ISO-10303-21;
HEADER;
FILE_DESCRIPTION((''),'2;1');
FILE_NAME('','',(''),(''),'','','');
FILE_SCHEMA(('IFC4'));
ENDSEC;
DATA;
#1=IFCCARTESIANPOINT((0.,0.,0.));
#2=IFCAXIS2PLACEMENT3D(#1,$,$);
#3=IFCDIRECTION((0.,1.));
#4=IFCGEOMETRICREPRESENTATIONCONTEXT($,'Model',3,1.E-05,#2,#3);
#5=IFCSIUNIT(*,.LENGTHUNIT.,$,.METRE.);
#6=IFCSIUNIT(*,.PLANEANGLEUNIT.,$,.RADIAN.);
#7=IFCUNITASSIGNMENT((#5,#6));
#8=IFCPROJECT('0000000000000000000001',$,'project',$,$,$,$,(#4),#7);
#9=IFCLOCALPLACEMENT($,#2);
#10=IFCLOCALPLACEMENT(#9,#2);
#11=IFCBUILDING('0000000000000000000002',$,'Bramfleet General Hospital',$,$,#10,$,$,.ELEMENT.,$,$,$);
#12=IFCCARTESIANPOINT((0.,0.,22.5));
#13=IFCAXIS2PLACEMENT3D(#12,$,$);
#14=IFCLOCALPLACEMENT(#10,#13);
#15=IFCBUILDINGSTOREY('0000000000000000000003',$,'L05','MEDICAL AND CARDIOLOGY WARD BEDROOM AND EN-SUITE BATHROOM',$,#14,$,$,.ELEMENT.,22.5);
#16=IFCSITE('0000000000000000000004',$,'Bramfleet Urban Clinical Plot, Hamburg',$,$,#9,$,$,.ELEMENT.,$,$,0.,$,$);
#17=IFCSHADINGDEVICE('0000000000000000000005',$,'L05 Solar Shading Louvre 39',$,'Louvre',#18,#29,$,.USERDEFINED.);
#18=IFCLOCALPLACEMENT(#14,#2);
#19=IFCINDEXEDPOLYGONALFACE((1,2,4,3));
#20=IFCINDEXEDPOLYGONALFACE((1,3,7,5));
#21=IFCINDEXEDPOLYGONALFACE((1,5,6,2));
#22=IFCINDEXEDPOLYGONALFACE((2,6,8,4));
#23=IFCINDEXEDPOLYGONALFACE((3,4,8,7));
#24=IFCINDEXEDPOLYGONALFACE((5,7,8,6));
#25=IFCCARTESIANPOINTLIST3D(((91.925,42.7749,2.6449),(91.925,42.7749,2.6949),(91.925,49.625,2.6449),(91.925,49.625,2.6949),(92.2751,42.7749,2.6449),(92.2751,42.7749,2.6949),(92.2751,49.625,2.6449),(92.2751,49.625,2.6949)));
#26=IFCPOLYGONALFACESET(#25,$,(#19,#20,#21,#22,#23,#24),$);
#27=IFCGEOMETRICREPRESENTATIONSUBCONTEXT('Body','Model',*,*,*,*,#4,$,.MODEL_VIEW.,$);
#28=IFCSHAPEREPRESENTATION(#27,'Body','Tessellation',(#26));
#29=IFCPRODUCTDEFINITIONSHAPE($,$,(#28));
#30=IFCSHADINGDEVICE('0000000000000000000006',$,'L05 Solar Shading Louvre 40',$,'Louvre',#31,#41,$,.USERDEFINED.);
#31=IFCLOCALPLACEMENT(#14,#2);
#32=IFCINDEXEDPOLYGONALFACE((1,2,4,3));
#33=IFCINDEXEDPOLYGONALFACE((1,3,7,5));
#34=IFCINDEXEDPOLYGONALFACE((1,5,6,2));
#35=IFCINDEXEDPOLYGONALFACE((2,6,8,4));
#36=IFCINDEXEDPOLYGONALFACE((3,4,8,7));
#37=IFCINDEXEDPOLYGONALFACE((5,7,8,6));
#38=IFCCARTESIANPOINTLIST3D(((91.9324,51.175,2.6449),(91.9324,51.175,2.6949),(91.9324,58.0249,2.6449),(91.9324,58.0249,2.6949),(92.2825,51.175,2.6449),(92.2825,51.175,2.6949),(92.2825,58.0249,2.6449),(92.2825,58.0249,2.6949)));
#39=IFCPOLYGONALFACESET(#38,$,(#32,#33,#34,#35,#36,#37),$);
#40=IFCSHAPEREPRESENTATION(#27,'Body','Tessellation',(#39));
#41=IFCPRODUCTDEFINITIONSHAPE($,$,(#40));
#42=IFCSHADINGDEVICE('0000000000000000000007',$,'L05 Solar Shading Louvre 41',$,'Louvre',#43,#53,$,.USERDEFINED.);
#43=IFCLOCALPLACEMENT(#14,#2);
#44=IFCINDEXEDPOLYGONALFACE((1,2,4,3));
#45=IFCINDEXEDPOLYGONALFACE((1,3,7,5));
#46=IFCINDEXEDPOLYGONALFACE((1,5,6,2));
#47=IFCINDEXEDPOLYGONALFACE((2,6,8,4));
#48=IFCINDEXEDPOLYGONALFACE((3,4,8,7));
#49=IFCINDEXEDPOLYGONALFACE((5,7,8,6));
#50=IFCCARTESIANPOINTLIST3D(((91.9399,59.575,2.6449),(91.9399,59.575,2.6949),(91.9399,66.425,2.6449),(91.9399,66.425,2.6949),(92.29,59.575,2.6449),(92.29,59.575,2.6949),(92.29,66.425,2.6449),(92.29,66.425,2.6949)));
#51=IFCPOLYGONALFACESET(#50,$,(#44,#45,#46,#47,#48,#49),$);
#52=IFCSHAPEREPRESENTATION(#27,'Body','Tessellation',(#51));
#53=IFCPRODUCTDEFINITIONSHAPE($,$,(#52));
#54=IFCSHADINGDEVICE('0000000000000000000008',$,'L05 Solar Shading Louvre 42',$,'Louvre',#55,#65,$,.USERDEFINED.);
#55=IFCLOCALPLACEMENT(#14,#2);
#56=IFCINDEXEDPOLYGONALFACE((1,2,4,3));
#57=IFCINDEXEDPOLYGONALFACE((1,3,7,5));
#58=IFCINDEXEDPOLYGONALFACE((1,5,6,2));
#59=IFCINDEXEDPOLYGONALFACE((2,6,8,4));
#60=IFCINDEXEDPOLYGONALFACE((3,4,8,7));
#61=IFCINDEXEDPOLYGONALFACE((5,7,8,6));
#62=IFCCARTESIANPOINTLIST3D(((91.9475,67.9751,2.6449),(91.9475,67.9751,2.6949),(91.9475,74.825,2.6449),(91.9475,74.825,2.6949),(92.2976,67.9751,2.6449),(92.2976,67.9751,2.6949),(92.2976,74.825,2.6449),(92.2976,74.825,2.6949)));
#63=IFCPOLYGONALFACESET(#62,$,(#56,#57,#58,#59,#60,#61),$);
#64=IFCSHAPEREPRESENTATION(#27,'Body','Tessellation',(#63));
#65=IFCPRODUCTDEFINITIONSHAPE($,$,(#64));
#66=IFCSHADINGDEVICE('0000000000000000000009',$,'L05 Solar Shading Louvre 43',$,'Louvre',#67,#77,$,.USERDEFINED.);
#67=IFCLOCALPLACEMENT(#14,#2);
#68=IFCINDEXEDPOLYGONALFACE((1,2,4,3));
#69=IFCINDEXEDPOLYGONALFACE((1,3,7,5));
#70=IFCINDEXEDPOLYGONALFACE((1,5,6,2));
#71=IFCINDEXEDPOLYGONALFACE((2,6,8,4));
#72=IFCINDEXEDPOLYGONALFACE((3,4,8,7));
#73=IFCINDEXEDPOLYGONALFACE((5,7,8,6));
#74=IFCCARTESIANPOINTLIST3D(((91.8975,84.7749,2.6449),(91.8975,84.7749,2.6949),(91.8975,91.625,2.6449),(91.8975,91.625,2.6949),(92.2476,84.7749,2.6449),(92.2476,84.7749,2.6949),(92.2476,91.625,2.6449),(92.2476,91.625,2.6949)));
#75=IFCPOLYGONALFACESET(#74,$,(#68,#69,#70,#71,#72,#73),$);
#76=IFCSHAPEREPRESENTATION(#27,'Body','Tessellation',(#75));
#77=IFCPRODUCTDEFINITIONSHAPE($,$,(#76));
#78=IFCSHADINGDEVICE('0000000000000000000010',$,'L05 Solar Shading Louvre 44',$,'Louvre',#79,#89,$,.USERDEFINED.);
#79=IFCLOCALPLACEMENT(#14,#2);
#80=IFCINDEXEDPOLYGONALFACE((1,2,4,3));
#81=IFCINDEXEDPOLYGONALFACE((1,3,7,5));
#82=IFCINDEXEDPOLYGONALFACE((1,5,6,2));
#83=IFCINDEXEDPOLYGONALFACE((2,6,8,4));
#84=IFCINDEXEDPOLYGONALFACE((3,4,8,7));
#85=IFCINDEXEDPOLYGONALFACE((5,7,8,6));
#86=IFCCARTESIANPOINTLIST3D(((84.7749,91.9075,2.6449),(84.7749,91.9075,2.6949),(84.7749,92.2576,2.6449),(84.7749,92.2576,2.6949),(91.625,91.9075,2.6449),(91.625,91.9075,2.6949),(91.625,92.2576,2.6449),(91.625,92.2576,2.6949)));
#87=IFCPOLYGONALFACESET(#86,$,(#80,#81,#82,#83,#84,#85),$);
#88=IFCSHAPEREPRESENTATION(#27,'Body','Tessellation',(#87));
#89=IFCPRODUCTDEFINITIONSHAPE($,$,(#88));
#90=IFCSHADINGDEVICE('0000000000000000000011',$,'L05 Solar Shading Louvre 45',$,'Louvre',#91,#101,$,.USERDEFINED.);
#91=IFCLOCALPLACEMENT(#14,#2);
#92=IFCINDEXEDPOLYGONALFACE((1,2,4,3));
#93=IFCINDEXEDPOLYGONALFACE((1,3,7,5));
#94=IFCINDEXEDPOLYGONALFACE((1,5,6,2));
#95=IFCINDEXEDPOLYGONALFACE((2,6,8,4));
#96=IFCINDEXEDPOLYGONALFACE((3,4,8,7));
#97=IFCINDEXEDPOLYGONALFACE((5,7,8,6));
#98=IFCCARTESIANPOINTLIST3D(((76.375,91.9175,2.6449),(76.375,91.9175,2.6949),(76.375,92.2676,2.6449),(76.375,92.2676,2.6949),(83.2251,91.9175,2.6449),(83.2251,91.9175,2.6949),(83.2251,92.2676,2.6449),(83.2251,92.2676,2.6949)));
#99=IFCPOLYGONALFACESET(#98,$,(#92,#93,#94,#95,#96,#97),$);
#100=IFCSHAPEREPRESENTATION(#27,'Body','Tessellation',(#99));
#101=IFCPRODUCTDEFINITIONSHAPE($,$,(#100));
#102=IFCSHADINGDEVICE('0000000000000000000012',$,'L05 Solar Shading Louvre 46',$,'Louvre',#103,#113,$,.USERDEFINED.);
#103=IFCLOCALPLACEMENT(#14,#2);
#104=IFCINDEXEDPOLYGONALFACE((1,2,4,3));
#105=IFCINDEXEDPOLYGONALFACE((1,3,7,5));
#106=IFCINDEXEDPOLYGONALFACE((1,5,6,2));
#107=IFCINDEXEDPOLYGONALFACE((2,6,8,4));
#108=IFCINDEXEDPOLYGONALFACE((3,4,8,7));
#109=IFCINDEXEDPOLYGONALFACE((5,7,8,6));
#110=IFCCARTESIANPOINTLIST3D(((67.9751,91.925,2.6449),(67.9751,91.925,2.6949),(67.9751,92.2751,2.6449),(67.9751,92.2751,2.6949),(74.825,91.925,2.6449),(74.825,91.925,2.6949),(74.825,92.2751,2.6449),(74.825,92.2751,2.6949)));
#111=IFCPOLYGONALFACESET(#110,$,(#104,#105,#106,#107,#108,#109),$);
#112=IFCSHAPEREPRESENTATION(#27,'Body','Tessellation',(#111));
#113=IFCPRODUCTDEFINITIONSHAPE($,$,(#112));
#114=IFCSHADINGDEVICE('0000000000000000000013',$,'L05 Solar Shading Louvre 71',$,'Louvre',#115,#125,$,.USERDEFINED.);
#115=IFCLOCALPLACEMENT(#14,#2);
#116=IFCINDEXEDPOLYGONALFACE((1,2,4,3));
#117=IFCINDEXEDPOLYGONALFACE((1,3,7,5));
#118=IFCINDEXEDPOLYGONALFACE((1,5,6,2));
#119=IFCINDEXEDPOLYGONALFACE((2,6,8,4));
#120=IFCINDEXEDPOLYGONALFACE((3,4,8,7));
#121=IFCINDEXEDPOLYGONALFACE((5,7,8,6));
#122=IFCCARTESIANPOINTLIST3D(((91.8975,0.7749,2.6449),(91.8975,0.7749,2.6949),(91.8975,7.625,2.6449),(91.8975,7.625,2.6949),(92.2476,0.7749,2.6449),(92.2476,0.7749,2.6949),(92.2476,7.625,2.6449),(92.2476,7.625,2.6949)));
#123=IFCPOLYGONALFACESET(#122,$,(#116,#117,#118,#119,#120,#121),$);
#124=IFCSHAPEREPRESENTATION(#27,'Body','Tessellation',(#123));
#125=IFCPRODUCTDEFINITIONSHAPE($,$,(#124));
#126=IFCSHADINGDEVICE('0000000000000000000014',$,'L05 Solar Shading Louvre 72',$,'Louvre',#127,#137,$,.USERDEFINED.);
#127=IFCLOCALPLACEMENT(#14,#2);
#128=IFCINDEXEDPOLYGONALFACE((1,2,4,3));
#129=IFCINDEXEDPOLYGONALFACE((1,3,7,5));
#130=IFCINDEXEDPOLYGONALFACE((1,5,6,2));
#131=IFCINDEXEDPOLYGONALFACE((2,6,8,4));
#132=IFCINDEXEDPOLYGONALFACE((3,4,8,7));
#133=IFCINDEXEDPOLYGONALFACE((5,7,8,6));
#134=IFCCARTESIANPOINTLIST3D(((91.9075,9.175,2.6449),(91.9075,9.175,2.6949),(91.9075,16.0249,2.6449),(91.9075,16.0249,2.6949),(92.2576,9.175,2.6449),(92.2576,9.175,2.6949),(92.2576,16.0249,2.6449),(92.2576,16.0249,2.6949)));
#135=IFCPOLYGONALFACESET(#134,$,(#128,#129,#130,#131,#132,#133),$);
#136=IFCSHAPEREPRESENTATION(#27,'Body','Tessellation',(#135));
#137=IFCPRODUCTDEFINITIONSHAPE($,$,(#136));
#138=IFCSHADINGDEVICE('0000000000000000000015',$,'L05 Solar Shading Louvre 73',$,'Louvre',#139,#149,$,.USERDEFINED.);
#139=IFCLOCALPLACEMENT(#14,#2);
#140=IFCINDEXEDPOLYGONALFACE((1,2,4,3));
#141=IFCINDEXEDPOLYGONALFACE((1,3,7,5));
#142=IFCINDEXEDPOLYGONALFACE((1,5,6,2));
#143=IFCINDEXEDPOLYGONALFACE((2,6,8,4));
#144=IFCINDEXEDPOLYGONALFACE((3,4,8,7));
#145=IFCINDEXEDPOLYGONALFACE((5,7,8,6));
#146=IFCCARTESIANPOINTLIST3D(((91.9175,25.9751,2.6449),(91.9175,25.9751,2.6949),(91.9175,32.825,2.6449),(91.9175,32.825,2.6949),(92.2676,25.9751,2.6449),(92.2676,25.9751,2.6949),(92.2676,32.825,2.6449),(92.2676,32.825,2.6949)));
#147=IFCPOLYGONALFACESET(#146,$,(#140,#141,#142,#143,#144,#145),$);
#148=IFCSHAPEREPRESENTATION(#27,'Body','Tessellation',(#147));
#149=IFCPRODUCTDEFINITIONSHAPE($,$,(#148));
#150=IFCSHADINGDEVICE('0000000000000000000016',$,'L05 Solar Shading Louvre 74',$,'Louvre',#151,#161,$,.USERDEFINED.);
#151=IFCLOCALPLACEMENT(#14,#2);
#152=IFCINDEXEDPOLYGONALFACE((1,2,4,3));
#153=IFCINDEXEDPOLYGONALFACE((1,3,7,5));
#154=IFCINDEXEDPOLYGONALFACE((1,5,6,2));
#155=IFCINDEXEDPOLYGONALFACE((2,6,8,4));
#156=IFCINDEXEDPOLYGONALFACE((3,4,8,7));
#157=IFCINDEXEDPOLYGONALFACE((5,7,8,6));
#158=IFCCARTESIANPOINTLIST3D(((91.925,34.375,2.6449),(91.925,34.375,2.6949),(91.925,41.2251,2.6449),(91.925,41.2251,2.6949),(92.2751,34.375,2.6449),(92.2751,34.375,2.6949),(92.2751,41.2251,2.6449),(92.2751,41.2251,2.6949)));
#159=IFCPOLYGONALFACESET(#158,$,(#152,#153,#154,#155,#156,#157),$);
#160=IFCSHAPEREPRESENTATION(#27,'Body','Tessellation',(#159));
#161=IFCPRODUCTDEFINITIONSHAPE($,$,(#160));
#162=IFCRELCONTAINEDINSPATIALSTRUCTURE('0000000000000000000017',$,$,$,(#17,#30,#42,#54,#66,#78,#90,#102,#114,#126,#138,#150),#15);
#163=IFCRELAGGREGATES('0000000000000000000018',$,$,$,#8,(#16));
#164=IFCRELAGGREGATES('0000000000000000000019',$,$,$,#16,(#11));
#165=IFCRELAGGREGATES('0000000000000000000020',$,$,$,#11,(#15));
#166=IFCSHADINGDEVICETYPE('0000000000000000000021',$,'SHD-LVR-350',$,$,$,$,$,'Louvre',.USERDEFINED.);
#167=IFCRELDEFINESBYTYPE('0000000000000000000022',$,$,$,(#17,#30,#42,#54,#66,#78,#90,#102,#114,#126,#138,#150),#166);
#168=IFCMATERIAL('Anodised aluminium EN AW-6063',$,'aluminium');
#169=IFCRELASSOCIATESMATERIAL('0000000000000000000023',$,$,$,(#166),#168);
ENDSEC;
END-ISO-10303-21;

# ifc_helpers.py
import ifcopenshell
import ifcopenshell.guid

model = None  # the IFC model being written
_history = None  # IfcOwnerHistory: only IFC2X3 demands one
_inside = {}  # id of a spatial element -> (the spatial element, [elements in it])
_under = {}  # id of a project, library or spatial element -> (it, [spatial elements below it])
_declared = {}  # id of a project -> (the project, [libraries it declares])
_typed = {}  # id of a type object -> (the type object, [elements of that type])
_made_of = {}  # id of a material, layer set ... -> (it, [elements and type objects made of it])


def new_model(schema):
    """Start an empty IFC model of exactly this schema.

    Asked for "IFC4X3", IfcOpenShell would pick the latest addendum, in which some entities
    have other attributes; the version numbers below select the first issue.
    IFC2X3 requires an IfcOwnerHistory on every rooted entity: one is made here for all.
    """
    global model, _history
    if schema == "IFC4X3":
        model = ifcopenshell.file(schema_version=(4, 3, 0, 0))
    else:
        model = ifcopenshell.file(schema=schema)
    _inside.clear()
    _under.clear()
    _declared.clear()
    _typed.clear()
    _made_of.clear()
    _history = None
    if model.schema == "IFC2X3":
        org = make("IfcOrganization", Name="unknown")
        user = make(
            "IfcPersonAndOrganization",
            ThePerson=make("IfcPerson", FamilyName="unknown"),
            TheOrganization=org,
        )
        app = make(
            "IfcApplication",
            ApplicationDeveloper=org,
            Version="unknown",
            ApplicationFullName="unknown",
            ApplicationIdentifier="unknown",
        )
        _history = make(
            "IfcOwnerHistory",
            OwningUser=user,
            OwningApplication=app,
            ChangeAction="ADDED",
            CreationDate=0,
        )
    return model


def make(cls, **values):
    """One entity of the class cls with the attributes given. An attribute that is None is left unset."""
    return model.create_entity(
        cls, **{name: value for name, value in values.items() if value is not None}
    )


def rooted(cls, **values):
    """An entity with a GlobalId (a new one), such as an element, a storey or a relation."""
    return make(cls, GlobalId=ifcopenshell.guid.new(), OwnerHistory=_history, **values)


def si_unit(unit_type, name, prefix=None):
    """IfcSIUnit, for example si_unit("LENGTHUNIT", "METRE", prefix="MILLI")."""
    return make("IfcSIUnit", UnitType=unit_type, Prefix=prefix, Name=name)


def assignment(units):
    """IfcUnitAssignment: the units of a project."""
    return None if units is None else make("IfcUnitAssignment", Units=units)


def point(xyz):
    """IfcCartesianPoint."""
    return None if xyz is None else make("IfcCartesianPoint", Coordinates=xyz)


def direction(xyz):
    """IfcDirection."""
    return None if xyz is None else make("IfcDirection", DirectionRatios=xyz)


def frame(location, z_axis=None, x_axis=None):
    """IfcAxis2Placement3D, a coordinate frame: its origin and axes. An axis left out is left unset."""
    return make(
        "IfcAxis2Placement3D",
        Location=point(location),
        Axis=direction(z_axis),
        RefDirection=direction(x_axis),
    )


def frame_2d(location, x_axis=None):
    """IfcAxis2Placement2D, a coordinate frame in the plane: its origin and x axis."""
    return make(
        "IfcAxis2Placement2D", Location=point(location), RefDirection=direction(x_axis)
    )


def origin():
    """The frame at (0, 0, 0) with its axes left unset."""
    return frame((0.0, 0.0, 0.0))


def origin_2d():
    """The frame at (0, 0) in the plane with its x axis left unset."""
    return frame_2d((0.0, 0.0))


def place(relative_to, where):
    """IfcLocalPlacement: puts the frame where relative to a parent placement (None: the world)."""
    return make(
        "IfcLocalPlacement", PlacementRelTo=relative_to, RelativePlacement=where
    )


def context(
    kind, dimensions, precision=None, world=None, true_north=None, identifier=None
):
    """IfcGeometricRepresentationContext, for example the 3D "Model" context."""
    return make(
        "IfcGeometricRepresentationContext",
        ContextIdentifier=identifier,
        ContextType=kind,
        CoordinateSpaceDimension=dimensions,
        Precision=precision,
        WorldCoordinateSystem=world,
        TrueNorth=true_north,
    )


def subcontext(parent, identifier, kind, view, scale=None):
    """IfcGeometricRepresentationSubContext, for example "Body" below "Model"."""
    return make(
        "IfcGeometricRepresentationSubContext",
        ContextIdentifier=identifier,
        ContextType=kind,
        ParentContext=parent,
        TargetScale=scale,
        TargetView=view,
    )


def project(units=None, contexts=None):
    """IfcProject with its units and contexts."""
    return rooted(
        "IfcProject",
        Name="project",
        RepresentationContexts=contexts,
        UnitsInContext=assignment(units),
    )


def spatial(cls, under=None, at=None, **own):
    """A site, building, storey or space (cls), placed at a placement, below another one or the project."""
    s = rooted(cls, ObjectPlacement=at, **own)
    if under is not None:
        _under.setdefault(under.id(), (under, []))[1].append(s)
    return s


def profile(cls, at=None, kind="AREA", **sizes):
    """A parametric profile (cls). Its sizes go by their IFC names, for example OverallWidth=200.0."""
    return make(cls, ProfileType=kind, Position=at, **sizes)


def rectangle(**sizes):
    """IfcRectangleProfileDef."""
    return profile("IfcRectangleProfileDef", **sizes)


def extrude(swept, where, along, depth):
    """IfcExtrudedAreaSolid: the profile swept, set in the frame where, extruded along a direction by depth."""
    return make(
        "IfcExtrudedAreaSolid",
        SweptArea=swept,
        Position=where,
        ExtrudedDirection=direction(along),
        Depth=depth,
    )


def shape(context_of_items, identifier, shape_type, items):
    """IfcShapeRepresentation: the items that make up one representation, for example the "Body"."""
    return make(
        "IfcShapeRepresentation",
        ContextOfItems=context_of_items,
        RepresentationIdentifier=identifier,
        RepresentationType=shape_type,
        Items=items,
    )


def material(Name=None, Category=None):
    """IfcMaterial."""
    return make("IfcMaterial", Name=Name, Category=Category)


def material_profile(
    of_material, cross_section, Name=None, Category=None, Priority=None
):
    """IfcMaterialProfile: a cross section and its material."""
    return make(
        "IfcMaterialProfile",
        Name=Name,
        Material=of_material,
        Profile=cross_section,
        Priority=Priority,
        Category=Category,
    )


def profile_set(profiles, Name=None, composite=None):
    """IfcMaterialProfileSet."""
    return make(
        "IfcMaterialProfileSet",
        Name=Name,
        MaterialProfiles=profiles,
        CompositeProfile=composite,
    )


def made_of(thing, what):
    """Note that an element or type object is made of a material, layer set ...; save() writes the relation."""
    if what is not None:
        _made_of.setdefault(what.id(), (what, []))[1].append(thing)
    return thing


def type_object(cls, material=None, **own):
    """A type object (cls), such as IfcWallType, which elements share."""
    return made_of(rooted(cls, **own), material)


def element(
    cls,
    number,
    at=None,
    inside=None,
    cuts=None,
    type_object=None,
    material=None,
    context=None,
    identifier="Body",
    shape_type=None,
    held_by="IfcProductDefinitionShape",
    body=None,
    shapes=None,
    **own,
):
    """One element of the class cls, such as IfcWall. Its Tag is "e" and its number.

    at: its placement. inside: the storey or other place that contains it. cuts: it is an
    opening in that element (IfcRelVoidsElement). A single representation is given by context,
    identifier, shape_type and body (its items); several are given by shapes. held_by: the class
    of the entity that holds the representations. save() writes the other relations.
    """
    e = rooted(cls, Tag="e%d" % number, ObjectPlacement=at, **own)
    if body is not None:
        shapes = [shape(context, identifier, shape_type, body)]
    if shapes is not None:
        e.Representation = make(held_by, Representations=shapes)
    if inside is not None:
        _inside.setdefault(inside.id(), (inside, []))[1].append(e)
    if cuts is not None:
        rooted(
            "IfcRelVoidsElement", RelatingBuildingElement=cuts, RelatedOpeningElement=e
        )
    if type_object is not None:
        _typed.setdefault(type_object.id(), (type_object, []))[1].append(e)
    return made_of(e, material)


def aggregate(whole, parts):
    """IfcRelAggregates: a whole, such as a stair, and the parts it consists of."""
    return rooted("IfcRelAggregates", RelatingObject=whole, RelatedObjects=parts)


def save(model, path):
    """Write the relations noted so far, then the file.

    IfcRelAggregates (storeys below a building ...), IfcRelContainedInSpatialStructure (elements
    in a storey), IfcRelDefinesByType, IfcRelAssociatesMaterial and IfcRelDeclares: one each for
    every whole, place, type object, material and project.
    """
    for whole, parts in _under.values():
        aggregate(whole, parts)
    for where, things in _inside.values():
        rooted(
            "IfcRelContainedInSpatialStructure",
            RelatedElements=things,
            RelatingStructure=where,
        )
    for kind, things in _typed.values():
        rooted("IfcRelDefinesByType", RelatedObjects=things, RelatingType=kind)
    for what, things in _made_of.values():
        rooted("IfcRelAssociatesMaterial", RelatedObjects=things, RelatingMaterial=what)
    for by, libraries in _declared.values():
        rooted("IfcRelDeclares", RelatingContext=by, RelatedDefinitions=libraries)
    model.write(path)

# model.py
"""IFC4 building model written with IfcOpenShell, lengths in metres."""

from ifc_helpers import new_model, si_unit, direction, frame, origin, origin_2d, place, context, subcontext, project, spatial, rectangle, extrude, material, material_profile, profile_set, type_object, element, save


model = new_model("IFC4")

# Units and contexts
model_context = context("Model", 3, precision=1e-05, world=origin(), true_north=direction((0.0, 1.0)))
body_context = subcontext(model_context, "Body", "Model", "MODEL_VIEW")
ifc_project = project(units=[si_unit("LENGTHUNIT", "METRE"), si_unit("PLANEANGLEUNIT", "RADIAN")], contexts=[model_context])

# Site, building, storey
site_placement = place(None, origin())
site = spatial("IfcSite", under=ifc_project, at=site_placement, Name="Bramfleet Urban Clinical Plot, Hamburg", CompositionType="ELEMENT", RefElevation=0.0)
building_placement = place(site_placement, origin())
building = spatial("IfcBuilding", under=site, at=building_placement, Name="Bramfleet General Hospital", CompositionType="ELEMENT")
storey_placement = place(building_placement, frame((0.0, 0.0, 22.5)))
storey = spatial("IfcBuildingStorey", under=building, at=storey_placement, Name="L05", Description="MEDICAL AND CARDIOLOGY WARD BEDROOM AND EN-SUITE BATHROOM", CompositionType="ELEMENT", Elevation=22.5)

# Shading devices
ifc_material_1 = material(Name="Anodised aluminium EN AW-6063", Category="aluminium")
ifc_material_profile_1 = material_profile(ifc_material_1, rectangle(XDim=0.05, YDim=0.3501, at=origin_2d()), Name="ALU LOUVRE 350x50")
ifc_profile_set_1 = profile_set([ifc_material_profile_1], Name="Anodised aluminium EN AW-6063")
shading_device_type = type_object("IfcShadingDeviceType", Name="SHD-LVR-350", ElementType="Louvre", PredefinedType="USERDEFINED", material=ifc_profile_set_1)
shading_device_1_placement = place(storey_placement, frame((92.1001, 42.7749, 2.6699), z_axis=(0.0, 1.0, 0.0), x_axis=(0.0, 0.0, 1.0)))
element("IfcShadingDevice", 1, at=shading_device_1_placement, inside=storey, type_object=shading_device_type, Name="L05 Solar Shading Louvre 39", ObjectType="Louvre", PredefinedType="USERDEFINED", context=body_context, shape_type="SweptSolid", body=[
    extrude(rectangle(XDim=0.05, YDim=0.3501, at=origin_2d()), origin(), (0.0, 0.0, 1.0), 6.8501),
])
shading_device_2_placement = place(storey_placement, frame((92.1074, 51.175, 2.6699), z_axis=(0.0, 1.0, 0.0), x_axis=(0.0, 0.0, 1.0)))
element("IfcShadingDevice", 2, at=shading_device_2_placement, inside=storey, type_object=shading_device_type, Name="L05 Solar Shading Louvre 40", ObjectType="Louvre", PredefinedType="USERDEFINED", context=body_context, shape_type="SweptSolid", body=[
    extrude(rectangle(XDim=0.05, YDim=0.3501, at=origin_2d()), origin(), (0.0, 0.0, 1.0), 6.8499),
])
shading_device_3_placement = place(storey_placement, frame((92.115, 59.575, 2.6699), z_axis=(0.0, 1.0, 0.0), x_axis=(0.0, 0.0, 1.0)))
element("IfcShadingDevice", 3, at=shading_device_3_placement, inside=storey, type_object=shading_device_type, Name="L05 Solar Shading Louvre 41", ObjectType="Louvre", PredefinedType="USERDEFINED", context=body_context, shape_type="SweptSolid", body=[
    extrude(rectangle(XDim=0.05, YDim=0.3501, at=origin_2d()), origin(), (0.0, 0.0, 1.0), 6.8501),
])
shading_device_4_placement = place(storey_placement, frame((92.1226, 67.9751, 2.6699), z_axis=(0.0, 1.0, 0.0), x_axis=(0.0, 0.0, 1.0)))
element("IfcShadingDevice", 4, at=shading_device_4_placement, inside=storey, type_object=shading_device_type, Name="L05 Solar Shading Louvre 42", ObjectType="Louvre", PredefinedType="USERDEFINED", context=body_context, shape_type="SweptSolid", body=[
    extrude(rectangle(XDim=0.05, YDim=0.3501, at=origin_2d()), origin(), (0.0, 0.0, 1.0), 6.8499),
])
for number, where, z_axis, x_axis, name in (
    (5, (92.0725, 84.7749, 2.6699), (0.0, 1.0, 0.0), (0.0, 0.0, 1.0), "L05 Solar Shading Louvre 43"),
    (6, (91.625, 92.0825, 2.6699), (-1.0, 0.0, 0.0), (0.0, 0.0, 1.0), "L05 Solar Shading Louvre 44"),
    (7, (83.2251, 92.0925, 2.6699), (-1.0, 0.0, 0.0), (0.0, 0.0, 1.0), "L05 Solar Shading Louvre 45"),
):
    element("IfcShadingDevice", number, at=place(storey_placement, frame(where, z_axis=z_axis, x_axis=x_axis)), inside=storey, type_object=shading_device_type, Name=name, ObjectType="Louvre", PredefinedType="USERDEFINED", context=body_context, shape_type="SweptSolid", body=[
        extrude(rectangle(XDim=0.05, YDim=0.3501, at=origin_2d()), origin(), (0.0, 0.0, 1.0), 6.8501),
    ])
shading_device_5_placement = place(storey_placement, frame((74.825, 92.1001, 2.6699), z_axis=(-1.0, 0.0, 0.0), x_axis=(0.0, 0.0, 1.0)))
element("IfcShadingDevice", 8, at=shading_device_5_placement, inside=storey, type_object=shading_device_type, Name="L05 Solar Shading Louvre 46", ObjectType="Louvre", PredefinedType="USERDEFINED", context=body_context, shape_type="SweptSolid", body=[
    extrude(rectangle(XDim=0.05, YDim=0.3501, at=origin_2d()), origin(), (0.0, 0.0, 1.0), 6.8499),
])
shading_device_6_placement = place(storey_placement, frame((92.0725, 0.7749, 2.6699), z_axis=(0.0, 1.0, 0.0), x_axis=(0.0, 0.0, 1.0)))
element("IfcShadingDevice", 9, at=shading_device_6_placement, inside=storey, type_object=shading_device_type, Name="L05 Solar Shading Louvre 71", ObjectType="Louvre", PredefinedType="USERDEFINED", context=body_context, shape_type="SweptSolid", body=[
    extrude(rectangle(XDim=0.05, YDim=0.3501, at=origin_2d()), origin(), (0.0, 0.0, 1.0), 6.8501),
])
for number, where, z_axis, x_axis, name in (
    (10, (92.0825, 9.175, 2.6699), (0.0, 1.0, 0.0), (0.0, 0.0, 1.0), "L05 Solar Shading Louvre 72"),
    (11, (92.0925, 25.9751, 2.6699), (0.0, 1.0, 0.0), (0.0, 0.0, 1.0), "L05 Solar Shading Louvre 73"),
):
    element("IfcShadingDevice", number, at=place(storey_placement, frame(where, z_axis=z_axis, x_axis=x_axis)), inside=storey, type_object=shading_device_type, Name=name, ObjectType="Louvre", PredefinedType="USERDEFINED", context=body_context, shape_type="SweptSolid", body=[
        extrude(rectangle(XDim=0.05, YDim=0.3501, at=origin_2d()), origin(), (0.0, 0.0, 1.0), 6.8499),
    ])
shading_device_7_placement = place(storey_placement, frame((92.1001, 34.375, 2.6699), z_axis=(0.0, 1.0, 0.0), x_axis=(0.0, 0.0, 1.0)))
element("IfcShadingDevice", 12, at=shading_device_7_placement, inside=storey, type_object=shading_device_type, Name="L05 Solar Shading Louvre 74", ObjectType="Louvre", PredefinedType="USERDEFINED", context=body_context, shape_type="SweptSolid", body=[
    extrude(rectangle(XDim=0.05, YDim=0.3501, at=origin_2d()), origin(), (0.0, 0.0, 1.0), 6.8501),
])

save(model, "model.ifc")
